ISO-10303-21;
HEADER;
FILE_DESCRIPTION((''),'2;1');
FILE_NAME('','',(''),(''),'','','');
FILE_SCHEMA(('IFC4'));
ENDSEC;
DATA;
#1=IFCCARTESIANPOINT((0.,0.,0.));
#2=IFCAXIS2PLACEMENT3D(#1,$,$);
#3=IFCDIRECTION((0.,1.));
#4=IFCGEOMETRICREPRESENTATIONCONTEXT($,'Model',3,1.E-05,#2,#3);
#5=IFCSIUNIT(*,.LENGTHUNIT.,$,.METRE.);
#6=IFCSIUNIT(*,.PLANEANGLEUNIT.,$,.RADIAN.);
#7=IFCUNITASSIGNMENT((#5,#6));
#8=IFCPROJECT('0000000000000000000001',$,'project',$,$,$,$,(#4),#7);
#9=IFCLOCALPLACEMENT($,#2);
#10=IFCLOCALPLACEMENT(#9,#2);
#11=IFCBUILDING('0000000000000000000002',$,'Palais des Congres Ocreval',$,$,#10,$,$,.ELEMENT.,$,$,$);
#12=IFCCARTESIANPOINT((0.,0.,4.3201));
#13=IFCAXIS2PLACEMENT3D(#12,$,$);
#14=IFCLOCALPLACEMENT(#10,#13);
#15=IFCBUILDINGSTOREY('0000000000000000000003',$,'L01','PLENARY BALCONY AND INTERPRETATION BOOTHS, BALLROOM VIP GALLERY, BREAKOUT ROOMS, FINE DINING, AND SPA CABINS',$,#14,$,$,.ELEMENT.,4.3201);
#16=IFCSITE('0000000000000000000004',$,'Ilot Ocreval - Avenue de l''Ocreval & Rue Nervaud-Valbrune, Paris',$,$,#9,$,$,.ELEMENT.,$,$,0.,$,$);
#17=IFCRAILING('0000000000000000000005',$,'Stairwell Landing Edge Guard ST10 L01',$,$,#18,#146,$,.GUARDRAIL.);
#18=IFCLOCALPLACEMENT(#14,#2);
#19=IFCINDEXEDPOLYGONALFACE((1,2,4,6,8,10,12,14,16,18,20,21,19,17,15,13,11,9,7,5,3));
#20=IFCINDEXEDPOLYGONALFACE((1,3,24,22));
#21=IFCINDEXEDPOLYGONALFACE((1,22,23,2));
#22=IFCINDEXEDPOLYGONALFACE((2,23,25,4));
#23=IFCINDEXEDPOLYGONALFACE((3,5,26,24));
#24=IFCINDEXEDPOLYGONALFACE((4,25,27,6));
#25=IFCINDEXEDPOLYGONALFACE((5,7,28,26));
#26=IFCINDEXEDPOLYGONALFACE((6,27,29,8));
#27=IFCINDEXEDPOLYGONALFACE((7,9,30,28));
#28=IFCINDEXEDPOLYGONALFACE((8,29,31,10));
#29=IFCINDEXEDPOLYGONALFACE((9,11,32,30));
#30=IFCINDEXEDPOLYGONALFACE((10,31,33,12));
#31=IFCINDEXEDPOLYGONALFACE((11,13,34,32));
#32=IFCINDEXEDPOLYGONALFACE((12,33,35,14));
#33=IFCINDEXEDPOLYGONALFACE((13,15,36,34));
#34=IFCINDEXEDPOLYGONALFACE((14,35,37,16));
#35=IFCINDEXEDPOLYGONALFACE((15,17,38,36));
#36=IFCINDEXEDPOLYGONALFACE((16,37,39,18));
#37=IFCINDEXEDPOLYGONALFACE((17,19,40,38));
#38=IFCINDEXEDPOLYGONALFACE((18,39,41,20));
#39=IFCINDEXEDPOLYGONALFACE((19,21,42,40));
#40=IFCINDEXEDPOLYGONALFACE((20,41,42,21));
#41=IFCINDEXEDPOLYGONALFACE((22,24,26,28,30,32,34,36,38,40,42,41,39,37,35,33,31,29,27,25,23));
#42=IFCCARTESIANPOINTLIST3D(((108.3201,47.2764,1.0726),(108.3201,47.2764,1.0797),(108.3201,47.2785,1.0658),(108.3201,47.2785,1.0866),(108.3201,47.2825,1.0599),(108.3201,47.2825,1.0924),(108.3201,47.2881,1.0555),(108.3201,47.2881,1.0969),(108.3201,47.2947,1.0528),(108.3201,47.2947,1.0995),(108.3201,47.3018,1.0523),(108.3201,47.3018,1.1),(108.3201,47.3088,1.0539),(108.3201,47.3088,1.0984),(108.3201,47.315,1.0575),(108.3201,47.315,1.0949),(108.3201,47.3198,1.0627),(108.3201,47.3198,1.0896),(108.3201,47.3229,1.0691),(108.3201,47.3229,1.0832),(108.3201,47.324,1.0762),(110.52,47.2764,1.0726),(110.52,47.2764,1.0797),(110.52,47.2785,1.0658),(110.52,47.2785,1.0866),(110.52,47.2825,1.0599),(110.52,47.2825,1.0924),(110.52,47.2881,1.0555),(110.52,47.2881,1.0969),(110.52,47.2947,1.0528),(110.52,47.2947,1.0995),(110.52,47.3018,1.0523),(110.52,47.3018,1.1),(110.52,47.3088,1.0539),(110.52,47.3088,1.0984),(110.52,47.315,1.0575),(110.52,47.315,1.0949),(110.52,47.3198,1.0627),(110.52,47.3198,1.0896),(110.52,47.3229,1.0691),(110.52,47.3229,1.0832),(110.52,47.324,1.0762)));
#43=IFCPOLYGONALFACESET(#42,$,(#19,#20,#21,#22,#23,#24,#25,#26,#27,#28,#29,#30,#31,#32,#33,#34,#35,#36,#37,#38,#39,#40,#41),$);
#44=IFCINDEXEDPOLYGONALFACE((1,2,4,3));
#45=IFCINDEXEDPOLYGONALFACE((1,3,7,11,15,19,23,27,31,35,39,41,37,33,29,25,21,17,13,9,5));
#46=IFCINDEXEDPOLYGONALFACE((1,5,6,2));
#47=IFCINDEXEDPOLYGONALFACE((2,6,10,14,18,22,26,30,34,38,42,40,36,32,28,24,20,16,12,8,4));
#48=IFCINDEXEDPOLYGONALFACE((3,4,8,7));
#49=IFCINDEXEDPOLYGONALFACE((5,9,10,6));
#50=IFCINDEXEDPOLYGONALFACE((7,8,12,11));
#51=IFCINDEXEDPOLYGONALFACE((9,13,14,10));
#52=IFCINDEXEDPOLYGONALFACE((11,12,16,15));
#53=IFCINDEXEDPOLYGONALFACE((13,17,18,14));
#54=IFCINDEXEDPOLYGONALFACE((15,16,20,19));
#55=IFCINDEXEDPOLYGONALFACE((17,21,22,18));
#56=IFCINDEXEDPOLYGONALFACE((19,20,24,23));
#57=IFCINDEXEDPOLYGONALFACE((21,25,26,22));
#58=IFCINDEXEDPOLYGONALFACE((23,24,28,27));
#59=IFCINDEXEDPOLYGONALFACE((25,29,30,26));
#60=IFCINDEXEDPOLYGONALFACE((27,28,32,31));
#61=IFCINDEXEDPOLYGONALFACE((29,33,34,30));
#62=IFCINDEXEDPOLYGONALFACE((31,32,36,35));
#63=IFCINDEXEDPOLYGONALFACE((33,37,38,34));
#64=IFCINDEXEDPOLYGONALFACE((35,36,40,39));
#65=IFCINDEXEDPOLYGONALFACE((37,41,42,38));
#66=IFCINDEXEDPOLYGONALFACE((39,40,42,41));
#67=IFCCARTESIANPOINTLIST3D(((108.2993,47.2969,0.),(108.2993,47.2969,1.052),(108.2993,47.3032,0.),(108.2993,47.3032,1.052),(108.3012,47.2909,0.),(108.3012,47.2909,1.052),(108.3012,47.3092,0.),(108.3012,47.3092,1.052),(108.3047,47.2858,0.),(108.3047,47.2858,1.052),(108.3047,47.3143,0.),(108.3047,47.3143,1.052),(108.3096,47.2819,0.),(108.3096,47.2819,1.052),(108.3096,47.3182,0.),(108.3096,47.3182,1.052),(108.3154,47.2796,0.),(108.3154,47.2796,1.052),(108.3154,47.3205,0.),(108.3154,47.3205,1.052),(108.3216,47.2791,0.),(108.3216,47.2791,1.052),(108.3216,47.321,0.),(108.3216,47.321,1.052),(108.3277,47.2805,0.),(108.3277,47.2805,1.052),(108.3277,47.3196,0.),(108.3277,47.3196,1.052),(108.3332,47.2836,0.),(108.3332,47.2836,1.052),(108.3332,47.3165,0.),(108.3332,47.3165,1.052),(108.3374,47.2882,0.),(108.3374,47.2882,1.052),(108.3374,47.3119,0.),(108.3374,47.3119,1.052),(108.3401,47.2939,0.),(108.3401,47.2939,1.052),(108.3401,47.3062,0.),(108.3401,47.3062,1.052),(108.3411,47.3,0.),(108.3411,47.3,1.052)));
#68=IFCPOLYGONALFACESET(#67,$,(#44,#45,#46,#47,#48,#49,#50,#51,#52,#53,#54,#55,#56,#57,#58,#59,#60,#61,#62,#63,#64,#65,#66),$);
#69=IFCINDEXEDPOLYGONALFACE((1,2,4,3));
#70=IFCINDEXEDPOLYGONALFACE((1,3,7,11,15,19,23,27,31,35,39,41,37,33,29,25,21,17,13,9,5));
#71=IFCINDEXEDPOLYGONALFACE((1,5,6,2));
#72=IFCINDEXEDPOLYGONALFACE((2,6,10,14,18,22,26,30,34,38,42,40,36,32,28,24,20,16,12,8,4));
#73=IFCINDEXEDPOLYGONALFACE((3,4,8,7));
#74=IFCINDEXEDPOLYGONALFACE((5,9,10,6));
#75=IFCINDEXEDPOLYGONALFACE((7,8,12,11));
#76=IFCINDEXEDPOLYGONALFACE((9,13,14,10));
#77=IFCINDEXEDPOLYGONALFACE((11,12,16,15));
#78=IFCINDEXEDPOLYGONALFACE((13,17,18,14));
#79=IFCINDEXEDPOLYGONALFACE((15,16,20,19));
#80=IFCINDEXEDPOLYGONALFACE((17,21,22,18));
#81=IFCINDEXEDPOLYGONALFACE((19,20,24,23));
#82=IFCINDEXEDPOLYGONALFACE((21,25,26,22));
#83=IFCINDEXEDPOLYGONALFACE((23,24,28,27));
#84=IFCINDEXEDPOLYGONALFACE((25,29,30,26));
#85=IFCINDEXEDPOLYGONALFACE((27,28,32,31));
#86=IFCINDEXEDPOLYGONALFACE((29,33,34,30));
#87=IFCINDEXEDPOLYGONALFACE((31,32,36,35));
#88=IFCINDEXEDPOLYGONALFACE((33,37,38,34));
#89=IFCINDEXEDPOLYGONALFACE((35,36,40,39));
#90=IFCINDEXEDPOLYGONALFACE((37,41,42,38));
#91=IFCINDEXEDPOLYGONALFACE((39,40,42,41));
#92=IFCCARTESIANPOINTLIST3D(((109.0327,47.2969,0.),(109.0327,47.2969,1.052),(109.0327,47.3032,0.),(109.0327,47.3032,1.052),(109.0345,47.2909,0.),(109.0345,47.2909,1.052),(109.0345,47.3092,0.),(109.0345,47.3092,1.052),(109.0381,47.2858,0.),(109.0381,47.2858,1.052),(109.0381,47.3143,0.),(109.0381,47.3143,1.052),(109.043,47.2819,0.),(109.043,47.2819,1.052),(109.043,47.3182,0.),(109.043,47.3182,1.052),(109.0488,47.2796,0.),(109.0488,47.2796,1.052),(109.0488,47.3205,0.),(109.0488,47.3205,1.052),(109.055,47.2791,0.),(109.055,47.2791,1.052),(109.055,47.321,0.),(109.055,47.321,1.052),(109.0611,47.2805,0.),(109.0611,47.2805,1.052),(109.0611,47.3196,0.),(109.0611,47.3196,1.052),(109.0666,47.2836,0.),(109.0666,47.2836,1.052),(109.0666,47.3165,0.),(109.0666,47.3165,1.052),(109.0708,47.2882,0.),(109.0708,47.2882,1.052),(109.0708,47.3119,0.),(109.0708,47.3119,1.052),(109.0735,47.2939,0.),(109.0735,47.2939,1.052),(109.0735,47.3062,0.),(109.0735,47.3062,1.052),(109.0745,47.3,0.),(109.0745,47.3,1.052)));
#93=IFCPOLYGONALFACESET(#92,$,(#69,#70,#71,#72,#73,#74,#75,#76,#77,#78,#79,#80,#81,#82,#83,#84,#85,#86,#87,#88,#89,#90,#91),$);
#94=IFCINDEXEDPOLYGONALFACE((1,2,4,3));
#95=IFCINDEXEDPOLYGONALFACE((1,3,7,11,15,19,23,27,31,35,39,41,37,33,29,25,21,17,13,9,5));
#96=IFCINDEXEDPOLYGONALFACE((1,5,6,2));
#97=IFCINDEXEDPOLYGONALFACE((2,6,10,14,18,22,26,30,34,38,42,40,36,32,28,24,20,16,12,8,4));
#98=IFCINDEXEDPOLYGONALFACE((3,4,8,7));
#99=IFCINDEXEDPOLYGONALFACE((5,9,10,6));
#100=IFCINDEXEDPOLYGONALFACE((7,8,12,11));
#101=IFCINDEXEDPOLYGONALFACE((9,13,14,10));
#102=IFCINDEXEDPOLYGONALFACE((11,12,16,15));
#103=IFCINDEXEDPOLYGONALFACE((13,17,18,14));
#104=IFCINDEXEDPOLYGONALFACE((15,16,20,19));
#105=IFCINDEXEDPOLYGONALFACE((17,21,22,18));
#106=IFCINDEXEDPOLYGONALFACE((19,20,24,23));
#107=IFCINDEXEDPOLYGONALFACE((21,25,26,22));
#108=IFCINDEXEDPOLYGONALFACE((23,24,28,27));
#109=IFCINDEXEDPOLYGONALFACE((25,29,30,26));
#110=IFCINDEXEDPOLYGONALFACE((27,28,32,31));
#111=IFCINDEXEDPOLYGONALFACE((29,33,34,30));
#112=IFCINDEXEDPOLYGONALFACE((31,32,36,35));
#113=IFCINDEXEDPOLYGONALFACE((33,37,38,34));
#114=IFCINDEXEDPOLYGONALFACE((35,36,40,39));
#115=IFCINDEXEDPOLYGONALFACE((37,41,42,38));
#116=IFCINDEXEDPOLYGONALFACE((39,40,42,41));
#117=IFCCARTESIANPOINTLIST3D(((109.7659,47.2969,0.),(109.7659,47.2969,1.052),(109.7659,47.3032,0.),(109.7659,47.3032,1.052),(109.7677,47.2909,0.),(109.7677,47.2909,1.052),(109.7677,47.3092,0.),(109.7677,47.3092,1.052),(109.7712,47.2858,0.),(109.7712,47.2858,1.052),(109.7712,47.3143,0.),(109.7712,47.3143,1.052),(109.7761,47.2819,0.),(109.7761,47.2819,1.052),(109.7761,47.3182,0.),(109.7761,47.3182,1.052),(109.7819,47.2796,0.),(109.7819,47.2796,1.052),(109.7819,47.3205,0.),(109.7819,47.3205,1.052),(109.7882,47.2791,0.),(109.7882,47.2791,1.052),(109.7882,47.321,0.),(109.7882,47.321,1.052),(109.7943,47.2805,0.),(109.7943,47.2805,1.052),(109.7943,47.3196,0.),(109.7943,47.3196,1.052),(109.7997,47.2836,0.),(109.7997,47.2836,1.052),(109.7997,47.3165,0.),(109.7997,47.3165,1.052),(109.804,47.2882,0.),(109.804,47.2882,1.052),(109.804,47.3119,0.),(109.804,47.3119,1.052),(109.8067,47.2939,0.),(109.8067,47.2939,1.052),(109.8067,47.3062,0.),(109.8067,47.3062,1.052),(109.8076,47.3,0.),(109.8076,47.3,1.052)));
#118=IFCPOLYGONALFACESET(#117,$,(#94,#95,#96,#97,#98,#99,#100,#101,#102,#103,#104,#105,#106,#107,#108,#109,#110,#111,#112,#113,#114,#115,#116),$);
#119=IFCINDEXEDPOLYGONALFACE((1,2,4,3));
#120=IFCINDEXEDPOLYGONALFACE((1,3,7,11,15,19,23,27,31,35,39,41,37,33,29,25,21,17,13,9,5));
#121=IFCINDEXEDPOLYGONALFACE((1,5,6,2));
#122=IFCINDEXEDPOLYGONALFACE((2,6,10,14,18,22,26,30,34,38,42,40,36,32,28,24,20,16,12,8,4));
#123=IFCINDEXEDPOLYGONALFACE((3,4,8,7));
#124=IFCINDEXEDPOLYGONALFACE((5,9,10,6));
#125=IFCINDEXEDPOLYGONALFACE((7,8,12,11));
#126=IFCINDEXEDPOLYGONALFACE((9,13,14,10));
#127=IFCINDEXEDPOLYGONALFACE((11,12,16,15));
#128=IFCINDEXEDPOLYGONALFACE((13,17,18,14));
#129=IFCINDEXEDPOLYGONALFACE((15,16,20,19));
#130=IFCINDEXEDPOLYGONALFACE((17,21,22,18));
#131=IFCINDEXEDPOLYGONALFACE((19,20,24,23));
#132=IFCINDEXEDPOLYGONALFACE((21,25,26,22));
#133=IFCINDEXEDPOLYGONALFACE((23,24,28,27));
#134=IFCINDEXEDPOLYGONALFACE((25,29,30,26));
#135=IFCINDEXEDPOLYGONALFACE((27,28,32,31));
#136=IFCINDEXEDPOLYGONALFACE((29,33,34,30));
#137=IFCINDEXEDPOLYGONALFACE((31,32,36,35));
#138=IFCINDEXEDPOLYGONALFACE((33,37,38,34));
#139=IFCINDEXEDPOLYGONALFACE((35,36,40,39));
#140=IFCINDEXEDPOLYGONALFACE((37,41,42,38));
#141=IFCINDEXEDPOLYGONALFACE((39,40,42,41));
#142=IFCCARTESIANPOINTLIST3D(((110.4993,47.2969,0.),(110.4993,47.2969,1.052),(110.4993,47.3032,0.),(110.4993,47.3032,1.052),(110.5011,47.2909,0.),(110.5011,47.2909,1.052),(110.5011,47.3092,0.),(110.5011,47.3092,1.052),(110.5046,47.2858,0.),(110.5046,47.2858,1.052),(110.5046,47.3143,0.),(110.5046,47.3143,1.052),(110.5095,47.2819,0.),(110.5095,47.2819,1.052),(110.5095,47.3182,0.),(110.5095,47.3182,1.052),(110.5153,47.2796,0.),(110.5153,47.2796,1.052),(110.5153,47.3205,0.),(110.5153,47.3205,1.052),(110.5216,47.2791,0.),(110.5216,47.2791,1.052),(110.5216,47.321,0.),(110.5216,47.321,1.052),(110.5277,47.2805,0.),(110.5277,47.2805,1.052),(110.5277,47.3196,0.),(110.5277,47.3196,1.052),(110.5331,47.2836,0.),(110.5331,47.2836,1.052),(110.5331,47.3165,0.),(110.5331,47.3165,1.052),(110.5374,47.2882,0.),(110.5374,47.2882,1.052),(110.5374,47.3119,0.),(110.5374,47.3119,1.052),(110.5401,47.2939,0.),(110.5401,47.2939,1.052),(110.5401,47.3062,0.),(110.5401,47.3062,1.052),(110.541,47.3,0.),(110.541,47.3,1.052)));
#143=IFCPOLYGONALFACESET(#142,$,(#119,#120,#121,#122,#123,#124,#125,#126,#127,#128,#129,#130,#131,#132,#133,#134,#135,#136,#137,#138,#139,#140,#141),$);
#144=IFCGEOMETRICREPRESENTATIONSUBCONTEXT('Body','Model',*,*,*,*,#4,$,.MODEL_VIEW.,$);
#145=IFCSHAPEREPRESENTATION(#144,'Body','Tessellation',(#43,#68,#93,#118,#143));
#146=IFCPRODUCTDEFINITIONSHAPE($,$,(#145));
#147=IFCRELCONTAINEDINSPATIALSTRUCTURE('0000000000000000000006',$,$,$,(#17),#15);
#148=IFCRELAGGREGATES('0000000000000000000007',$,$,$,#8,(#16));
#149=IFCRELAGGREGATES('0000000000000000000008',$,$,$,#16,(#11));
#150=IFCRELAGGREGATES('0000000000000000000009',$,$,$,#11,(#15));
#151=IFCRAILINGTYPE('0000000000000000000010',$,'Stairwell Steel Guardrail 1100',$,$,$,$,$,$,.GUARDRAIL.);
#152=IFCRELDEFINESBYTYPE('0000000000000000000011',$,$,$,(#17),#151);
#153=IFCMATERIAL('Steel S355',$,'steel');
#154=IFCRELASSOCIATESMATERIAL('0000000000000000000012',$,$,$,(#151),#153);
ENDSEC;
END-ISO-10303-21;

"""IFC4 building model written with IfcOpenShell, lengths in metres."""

from ifc_helpers import new_model, si_unit, direction, frame, origin, origin_2d, place, context, subcontext, project, spatial, circle, extrude, material, type_object, element, save


model = new_model("IFC4")

# Units and contexts
model_context = context("Model", 3, precision=1e-05, world=origin(), true_north=direction((0.0, 1.0)))
body_context = subcontext(model_context, "Body", "Model", "MODEL_VIEW")
ifc_project = project(units=[si_unit("LENGTHUNIT", "METRE"), si_unit("PLANEANGLEUNIT", "RADIAN")], contexts=[model_context])

# Site, building, storey
site_placement = place(None, origin())
site = spatial("IfcSite", under=ifc_project, at=site_placement, Name="Ilot Ocreval - Avenue de l'Ocreval & Rue Nervaud-Valbrune, Paris", CompositionType="ELEMENT", RefElevation=0.0)
building_placement = place(site_placement, origin())
building = spatial("IfcBuilding", under=site, at=building_placement, Name="Palais des Congres Ocreval", CompositionType="ELEMENT")
storey_placement = place(building_placement, frame((0.0, 0.0, 4.3201)))
storey = spatial("IfcBuildingStorey", under=building, at=storey_placement, Name="L01", Description="PLENARY BALCONY AND INTERPRETATION BOOTHS, BALLROOM VIP GALLERY, BREAKOUT ROOMS, FINE DINING, AND SPA CABINS", CompositionType="ELEMENT", Elevation=4.3201)

# Shared definitions
ifc_material_1 = material(Name="Steel S355", Category="steel")

# Railing
railing_type_1 = type_object("IfcRailingType", Name="Stairwell Steel Guardrail 1100", PredefinedType="GUARDRAIL", material=ifc_material_1)
railing_1_placement = place(storey_placement, frame((108.3201, 47.3, 0.0)))
element("IfcRailing", 1, at=railing_1_placement, inside=storey, type_object=railing_type_1, Name="Stairwell Landing Edge Guard ST10 L01", PredefinedType="GUARDRAIL", context=body_context, shape_type="SweptSolid", body=[
    extrude(circle(Radius=0.0239, at=origin_2d()), frame((0.0, 0.0, 1.0762), z_axis=(1.0, 0.0, 0.0), x_axis=(0.0, 1.0, 0.0)), (0.0, 0.0, 1.0), 2.2),
    extrude(circle(Radius=0.021, at=origin_2d()), origin(), (0.0, 0.0, 1.0), 1.052),
    extrude(circle(Radius=0.021, at=origin_2d()), frame((0.7334, 0.0, 0.0)), (0.0, 0.0, 1.0), 1.052),
    extrude(circle(Radius=0.021, at=origin_2d()), frame((1.4666, 0.0, 0.0)), (0.0, 0.0, 1.0), 1.052),
    extrude(circle(Radius=0.021, at=origin_2d()), frame((2.2, 0.0, 0.0)), (0.0, 0.0, 1.0), 1.052),
])

save(model, "model.ifc")
